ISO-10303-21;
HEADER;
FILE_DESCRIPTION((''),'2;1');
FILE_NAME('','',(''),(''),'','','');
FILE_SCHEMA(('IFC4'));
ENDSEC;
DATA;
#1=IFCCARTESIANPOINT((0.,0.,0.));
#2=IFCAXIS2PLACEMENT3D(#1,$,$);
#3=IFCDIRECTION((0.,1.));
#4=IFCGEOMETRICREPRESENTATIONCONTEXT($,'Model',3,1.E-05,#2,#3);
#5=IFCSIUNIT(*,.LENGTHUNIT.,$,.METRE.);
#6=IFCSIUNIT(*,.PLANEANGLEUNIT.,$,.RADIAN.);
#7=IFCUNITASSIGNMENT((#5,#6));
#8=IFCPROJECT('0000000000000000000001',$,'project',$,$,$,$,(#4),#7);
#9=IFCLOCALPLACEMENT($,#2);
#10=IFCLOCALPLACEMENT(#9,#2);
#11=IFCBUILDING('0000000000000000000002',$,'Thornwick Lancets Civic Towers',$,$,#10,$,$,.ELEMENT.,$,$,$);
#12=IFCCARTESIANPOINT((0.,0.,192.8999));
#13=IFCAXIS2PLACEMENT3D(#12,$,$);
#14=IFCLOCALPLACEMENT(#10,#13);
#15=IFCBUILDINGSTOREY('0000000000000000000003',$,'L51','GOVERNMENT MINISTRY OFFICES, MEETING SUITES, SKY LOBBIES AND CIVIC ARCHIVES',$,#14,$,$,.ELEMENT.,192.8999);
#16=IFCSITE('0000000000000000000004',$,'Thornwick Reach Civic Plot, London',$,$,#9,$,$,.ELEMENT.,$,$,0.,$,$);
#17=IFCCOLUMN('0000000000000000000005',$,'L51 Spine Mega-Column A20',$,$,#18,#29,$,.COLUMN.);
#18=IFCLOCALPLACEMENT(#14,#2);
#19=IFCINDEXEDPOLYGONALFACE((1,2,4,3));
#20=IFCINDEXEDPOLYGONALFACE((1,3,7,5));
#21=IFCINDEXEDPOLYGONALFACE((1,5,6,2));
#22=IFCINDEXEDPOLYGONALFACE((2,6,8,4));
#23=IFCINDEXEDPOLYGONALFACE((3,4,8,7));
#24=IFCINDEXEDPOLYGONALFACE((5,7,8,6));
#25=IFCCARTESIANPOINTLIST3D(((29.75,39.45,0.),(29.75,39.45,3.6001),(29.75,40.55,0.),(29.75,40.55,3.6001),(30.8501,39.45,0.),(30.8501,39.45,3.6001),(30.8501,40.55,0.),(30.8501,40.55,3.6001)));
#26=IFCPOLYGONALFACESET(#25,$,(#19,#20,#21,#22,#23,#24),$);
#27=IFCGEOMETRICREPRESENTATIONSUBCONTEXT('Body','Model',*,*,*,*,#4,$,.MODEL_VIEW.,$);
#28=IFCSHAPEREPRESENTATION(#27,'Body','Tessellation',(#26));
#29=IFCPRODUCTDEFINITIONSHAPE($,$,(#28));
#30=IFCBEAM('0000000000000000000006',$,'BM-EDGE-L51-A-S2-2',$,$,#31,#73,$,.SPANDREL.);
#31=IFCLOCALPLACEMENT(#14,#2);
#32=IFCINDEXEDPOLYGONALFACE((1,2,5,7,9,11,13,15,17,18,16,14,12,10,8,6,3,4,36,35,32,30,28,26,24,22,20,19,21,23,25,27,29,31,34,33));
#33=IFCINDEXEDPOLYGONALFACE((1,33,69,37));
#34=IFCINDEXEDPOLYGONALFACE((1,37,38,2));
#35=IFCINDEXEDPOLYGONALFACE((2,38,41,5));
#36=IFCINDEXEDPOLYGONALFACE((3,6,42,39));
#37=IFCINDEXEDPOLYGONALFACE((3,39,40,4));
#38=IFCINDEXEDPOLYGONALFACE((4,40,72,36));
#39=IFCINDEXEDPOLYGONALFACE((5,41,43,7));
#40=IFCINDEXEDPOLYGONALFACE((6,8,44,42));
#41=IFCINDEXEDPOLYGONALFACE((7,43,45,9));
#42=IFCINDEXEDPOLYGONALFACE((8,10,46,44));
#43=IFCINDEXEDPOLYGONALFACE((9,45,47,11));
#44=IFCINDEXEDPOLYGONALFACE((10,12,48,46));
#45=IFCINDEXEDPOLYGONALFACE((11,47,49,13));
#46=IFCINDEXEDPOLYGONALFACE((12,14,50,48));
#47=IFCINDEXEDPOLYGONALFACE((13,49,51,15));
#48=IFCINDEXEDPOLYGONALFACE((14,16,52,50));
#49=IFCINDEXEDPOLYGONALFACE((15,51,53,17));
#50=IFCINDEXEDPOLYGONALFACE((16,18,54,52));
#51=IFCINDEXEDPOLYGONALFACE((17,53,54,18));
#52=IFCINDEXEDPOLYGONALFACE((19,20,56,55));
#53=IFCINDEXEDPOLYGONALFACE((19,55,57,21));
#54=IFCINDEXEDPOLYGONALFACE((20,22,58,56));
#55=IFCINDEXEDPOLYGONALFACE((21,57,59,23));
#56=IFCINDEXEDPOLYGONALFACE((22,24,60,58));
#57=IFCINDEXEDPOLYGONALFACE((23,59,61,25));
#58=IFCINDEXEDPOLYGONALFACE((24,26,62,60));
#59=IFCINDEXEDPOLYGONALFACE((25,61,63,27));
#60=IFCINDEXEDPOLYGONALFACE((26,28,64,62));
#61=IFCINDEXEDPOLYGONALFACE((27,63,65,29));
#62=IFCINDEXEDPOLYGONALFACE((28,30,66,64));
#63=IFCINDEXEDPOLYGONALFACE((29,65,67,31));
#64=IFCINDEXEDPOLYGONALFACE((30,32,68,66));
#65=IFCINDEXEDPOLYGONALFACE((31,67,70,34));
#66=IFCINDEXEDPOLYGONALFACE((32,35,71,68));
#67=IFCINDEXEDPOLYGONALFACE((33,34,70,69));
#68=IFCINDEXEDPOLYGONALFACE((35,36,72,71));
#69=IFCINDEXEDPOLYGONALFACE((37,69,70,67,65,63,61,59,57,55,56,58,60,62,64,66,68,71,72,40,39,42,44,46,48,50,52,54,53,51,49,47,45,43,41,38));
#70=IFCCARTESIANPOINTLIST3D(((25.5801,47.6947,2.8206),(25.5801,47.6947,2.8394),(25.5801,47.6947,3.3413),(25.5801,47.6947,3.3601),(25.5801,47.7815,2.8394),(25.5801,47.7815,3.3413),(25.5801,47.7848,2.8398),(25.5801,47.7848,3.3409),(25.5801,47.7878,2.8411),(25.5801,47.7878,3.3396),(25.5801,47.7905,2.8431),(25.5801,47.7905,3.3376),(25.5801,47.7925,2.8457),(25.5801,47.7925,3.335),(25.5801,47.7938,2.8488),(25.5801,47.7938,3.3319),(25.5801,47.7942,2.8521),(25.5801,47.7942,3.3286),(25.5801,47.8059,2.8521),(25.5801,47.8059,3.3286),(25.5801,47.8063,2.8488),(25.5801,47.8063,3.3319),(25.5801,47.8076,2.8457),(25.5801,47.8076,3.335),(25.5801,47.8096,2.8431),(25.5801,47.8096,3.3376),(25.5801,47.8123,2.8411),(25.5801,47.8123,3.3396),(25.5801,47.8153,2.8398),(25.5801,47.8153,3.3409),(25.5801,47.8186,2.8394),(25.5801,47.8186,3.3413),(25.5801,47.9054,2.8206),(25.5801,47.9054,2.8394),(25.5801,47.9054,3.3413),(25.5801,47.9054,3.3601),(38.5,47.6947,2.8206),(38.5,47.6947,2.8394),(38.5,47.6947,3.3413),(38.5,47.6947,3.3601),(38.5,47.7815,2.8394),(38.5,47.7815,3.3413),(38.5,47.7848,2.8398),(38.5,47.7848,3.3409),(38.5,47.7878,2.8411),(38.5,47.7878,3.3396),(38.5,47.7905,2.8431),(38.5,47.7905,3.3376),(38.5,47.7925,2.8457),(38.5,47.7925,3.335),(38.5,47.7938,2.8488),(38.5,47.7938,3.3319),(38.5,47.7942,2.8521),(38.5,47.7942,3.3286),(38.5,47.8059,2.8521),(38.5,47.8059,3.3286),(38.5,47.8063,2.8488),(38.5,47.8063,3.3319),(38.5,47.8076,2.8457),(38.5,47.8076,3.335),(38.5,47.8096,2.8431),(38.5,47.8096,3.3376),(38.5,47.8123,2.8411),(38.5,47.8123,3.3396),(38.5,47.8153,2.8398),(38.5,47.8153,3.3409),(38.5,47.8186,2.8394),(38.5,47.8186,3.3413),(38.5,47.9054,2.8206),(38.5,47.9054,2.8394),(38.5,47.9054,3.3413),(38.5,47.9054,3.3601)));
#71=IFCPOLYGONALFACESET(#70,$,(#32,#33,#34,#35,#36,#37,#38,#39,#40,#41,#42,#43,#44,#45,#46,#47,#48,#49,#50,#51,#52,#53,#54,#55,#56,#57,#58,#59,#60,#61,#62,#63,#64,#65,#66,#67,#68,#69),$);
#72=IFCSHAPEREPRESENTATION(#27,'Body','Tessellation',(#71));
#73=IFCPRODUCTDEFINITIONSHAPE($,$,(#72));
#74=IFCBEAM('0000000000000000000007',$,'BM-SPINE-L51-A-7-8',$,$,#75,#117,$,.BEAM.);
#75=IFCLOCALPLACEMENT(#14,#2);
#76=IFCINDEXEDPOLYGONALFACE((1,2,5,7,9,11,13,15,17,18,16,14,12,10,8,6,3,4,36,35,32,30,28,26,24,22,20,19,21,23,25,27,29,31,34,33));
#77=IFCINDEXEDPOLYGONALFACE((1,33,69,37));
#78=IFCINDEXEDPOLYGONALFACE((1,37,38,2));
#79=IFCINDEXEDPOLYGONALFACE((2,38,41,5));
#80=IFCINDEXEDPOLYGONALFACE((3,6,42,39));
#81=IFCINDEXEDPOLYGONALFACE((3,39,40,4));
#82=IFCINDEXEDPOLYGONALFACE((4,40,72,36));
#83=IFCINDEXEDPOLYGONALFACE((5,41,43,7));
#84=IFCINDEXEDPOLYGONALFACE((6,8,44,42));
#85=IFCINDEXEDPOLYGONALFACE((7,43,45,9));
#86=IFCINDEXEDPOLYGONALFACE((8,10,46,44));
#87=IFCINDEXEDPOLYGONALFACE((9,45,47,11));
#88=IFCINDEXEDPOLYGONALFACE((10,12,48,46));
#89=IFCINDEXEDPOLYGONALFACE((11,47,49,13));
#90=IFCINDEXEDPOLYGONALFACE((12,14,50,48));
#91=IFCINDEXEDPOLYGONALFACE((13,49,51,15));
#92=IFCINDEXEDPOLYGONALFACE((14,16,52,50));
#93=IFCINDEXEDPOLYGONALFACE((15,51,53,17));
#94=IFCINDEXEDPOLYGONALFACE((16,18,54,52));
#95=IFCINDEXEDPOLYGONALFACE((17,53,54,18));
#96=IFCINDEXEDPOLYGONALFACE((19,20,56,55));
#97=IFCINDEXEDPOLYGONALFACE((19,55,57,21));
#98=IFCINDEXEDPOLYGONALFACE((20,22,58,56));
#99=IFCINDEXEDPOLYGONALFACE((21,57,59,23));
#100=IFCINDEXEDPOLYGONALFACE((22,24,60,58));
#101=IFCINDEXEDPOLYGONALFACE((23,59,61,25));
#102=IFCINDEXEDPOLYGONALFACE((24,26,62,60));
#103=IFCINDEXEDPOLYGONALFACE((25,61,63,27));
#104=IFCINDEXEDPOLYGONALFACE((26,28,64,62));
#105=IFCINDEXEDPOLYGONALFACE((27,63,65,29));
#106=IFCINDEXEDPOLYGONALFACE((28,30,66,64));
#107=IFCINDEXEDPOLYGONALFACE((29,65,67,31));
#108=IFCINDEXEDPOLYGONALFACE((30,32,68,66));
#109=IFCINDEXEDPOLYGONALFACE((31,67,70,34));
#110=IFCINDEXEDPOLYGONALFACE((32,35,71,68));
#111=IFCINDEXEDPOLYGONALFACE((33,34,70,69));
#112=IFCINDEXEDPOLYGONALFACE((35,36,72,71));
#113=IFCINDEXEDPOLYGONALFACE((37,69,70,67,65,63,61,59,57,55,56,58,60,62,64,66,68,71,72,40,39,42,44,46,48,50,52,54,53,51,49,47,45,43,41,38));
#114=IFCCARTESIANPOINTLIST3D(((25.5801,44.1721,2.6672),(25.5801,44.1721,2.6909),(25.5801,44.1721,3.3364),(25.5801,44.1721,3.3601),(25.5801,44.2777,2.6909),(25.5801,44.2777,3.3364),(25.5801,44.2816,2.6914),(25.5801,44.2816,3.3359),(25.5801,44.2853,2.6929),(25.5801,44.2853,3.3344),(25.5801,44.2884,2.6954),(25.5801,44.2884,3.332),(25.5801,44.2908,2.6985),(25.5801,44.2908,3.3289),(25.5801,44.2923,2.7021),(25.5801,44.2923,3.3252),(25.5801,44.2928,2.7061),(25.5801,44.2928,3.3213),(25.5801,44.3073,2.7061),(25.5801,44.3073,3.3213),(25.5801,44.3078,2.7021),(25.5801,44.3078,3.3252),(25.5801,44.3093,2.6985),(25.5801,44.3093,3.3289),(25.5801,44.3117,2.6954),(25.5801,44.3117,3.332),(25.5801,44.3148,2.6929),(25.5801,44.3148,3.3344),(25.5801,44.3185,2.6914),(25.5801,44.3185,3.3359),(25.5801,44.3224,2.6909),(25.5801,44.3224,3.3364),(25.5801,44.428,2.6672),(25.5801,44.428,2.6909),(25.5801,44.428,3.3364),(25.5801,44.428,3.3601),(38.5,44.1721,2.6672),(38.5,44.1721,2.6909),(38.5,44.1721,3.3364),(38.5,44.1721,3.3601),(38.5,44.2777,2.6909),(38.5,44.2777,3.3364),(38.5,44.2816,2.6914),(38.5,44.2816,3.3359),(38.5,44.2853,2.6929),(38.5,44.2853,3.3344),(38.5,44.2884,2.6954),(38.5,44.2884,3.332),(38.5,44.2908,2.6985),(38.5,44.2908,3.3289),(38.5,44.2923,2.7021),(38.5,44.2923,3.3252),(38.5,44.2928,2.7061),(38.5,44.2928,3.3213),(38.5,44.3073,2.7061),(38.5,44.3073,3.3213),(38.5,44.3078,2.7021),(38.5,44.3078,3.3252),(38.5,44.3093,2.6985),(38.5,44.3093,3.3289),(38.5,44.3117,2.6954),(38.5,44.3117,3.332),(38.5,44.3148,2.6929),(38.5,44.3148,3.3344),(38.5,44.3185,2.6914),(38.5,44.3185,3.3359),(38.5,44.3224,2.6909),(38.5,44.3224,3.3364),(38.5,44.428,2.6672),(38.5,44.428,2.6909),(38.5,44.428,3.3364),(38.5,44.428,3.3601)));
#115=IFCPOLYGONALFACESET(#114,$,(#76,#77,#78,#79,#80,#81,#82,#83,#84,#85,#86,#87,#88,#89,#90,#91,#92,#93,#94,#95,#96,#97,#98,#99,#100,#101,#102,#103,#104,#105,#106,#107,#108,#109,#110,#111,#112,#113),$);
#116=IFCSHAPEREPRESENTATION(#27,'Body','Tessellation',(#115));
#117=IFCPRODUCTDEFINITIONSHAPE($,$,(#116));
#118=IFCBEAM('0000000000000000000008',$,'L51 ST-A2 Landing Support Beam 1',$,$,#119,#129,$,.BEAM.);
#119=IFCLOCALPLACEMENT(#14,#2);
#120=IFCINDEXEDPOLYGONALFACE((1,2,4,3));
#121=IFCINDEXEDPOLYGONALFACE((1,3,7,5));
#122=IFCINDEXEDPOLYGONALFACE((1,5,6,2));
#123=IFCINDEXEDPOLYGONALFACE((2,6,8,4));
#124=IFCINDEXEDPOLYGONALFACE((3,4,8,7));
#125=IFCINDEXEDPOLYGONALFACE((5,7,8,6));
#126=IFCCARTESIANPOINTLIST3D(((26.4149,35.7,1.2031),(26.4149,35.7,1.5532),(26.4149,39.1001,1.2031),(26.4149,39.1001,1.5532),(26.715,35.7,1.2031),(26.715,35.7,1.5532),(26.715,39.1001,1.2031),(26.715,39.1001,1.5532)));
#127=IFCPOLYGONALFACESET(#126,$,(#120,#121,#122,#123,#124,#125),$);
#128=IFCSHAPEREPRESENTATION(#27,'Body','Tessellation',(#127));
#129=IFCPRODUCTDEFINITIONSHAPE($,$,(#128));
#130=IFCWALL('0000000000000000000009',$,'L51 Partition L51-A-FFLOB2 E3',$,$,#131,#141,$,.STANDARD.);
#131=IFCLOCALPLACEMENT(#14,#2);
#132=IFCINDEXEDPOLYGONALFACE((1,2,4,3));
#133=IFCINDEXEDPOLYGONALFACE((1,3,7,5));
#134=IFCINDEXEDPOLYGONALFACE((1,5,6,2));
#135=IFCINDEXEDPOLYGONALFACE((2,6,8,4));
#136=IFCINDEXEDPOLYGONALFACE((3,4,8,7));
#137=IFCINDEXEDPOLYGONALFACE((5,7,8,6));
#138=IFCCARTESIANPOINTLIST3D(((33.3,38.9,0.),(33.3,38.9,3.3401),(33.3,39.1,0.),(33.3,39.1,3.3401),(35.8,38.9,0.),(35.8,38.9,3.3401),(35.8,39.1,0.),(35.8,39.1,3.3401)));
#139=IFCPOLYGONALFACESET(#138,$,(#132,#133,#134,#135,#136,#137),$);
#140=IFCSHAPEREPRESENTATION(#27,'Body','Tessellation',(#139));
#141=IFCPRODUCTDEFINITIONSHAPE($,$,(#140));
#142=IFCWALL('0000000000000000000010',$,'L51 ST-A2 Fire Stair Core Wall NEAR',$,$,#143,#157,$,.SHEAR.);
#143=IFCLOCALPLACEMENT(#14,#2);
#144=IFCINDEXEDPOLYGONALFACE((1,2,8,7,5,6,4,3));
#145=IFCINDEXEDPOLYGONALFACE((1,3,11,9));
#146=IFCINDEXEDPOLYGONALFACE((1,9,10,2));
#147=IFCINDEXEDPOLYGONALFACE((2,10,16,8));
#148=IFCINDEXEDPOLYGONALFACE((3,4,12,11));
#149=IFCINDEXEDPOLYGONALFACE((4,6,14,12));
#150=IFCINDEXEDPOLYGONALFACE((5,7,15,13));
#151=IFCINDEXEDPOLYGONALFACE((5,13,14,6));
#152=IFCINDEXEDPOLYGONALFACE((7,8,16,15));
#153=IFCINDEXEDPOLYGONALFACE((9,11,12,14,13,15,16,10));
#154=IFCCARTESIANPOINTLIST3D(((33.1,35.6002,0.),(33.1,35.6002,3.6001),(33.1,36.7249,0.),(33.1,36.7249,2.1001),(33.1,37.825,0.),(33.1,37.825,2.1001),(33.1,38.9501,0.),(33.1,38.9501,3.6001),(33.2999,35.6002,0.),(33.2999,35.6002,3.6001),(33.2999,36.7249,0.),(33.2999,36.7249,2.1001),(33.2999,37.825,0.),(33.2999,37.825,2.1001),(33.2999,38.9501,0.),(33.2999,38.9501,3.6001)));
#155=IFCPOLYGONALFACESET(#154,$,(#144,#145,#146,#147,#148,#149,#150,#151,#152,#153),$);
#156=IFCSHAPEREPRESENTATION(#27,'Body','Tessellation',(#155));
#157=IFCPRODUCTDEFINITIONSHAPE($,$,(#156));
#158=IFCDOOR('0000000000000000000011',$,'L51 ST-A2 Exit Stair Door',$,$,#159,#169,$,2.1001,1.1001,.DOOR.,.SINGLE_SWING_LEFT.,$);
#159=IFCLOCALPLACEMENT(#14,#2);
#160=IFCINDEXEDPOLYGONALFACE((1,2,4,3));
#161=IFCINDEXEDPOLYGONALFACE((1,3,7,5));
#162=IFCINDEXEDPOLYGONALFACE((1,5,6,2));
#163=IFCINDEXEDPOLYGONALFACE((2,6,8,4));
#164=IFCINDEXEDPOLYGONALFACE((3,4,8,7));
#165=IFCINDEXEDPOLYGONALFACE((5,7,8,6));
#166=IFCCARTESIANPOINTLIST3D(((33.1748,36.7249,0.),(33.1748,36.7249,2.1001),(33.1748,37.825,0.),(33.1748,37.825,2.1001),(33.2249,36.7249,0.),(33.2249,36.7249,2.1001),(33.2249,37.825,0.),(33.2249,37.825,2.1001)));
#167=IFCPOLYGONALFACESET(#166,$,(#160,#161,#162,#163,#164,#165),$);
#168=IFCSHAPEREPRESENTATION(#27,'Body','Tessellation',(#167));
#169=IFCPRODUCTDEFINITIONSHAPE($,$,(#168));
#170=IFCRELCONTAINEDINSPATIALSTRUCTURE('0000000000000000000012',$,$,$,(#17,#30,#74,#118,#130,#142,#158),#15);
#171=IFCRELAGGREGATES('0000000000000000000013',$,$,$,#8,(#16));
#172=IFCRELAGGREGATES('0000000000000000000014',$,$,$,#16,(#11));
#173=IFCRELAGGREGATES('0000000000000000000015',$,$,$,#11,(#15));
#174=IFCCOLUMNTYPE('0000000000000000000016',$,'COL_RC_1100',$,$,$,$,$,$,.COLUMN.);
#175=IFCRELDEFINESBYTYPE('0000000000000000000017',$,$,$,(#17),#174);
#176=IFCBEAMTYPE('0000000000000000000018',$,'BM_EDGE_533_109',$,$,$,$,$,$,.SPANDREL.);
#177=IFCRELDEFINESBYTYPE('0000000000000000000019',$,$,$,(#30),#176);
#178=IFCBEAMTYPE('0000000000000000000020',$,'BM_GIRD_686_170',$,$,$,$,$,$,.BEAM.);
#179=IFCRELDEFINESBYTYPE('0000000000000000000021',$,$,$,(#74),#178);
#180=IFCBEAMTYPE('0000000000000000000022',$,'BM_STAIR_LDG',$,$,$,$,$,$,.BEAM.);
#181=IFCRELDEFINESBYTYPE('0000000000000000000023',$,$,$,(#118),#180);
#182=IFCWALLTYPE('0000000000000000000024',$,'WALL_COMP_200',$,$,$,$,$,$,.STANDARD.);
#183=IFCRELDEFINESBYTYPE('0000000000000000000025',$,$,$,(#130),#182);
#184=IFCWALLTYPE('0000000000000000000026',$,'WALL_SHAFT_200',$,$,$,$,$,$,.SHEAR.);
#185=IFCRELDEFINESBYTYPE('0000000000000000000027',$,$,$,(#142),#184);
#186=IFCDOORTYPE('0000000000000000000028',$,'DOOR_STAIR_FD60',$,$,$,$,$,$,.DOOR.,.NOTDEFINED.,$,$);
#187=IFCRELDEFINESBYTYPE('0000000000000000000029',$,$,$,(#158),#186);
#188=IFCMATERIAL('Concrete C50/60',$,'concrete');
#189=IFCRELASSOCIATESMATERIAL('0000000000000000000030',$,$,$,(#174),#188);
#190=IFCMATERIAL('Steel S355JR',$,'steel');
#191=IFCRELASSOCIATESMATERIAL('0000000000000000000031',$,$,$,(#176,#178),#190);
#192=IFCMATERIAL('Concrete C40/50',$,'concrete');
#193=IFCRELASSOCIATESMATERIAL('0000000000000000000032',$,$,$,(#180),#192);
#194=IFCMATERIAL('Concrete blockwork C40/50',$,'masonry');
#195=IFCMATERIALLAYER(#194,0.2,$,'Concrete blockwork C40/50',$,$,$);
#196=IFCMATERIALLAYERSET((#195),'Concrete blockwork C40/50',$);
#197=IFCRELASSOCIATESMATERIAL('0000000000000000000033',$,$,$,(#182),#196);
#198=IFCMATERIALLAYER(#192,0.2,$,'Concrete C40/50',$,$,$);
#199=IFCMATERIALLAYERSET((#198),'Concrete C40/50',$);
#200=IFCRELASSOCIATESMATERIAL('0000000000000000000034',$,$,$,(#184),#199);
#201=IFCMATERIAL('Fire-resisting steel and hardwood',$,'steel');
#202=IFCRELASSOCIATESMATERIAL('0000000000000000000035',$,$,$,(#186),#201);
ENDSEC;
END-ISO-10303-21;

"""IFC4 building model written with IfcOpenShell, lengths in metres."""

from ifc_helpers import new_model, si_unit, direction, frame, frame_2d, origin, origin_2d, place, context, subcontext, project, spatial, rectangle, i_section, extrude, material, layer, layer_set, material_profile, profile_set, type_object, element, fill, save


model = new_model("IFC4")

# Units and contexts
model_context = context("Model", 3, precision=1e-05, world=origin(), true_north=direction((0.0, 1.0)))
body_context = subcontext(model_context, "Body", "Model", "MODEL_VIEW")
ifc_project = project(units=[si_unit("LENGTHUNIT", "METRE"), si_unit("PLANEANGLEUNIT", "RADIAN")], contexts=[model_context])

# Site, building, storey
site_placement = place(None, origin())
site = spatial("IfcSite", under=ifc_project, at=site_placement, Name="Thornwick Reach Civic Plot, London", CompositionType="ELEMENT", RefElevation=0.0)
building_placement = place(site_placement, origin())
building = spatial("IfcBuilding", under=site, at=building_placement, Name="Thornwick Lancets Civic Towers", CompositionType="ELEMENT")
storey_placement = place(building_placement, frame((0.0, 0.0, 192.8999)))
storey = spatial("IfcBuildingStorey", under=building, at=storey_placement, Name="L51", Description="GOVERNMENT MINISTRY OFFICES, MEETING SUITES, SKY LOBBIES AND CIVIC ARCHIVES", CompositionType="ELEMENT", Elevation=192.8999)

# Column
ifc_material_1 = material(Name="Concrete C50/60", Category="concrete")
ifc_material_profile_1 = material_profile(ifc_material_1, rectangle(XDim=1.1001, YDim=1.1001, at=origin_2d()), Name="RC 1100x1100")
ifc_profile_set_1 = profile_set([ifc_material_profile_1], Name="Concrete C50/60")
column_type = type_object("IfcColumnType", Name="COL_RC_1100", PredefinedType="COLUMN", material=ifc_profile_set_1)
column_placement = place(storey_placement, frame((30.3, 40.0, 0.0), z_axis=(0.0, 0.0, 1.0), x_axis=(1.0, 0.0, 0.0)))
element("IfcColumn", 1, at=column_placement, inside=storey, type_object=column_type, Name="L51 Spine Mega-Column A20", PredefinedType="COLUMN", context=body_context, shape_type="SweptSolid", body=[
    extrude(rectangle(XDim=1.1001, YDim=1.1001, at=origin_2d()), origin(), (0.0, 0.0, 1.0), 3.6001),
])

# Beams
ifc_material_2 = material(Name="Steel S355JR", Category="steel")
ifc_material_profile_2 = material_profile(ifc_material_2, i_section(OverallWidth=0.2107, OverallDepth=0.5396, WebThickness=0.0117, FlangeThickness=0.0188, FilletRadius=0.0127, at=origin_2d()), Name="UKB 533x210x109")
ifc_profile_set_2 = profile_set([ifc_material_profile_2], Name="Steel S355JR")
beam_type_1 = type_object("IfcBeamType", Name="BM_EDGE_533_109", PredefinedType="SPANDREL", material=ifc_profile_set_2)
beam_1_placement = place(storey_placement, frame((25.5801, 47.8, 3.0903), z_axis=(1.0, 0.0, 0.0), x_axis=(0.0, 1.0, 0.0)))
element("IfcBeam", 2, at=beam_1_placement, inside=storey, type_object=beam_type_1, Name="BM-EDGE-L51-A-S2-2", PredefinedType="SPANDREL", context=body_context, shape_type="SweptSolid", body=[
    extrude(i_section(OverallWidth=0.2107, OverallDepth=0.5396, WebThickness=0.0117, FlangeThickness=0.0188, FilletRadius=0.0127, at=origin_2d()), origin(), (0.0, 0.0, 1.0), 12.9199),
])
ifc_material_profile_3 = material_profile(ifc_material_2, i_section(OverallWidth=0.2559, OverallDepth=0.6929, WebThickness=0.0144, FlangeThickness=0.0237, FilletRadius=0.0151, at=origin_2d()), Name="UKB 686x254x170")
ifc_profile_set_3 = profile_set([ifc_material_profile_3], Name="Steel S355JR")
beam_type_2 = type_object("IfcBeamType", Name="BM_GIRD_686_170", PredefinedType="BEAM", material=ifc_profile_set_3)
beam_2_placement = place(storey_placement, frame((25.5801, 44.3, 3.0137), z_axis=(1.0, 0.0, 0.0), x_axis=(0.0, 1.0, 0.0)))
element("IfcBeam", 3, at=beam_2_placement, inside=storey, type_object=beam_type_2, Name="BM-SPINE-L51-A-7-8", PredefinedType="BEAM", context=body_context, shape_type="SweptSolid", body=[
    extrude(i_section(OverallWidth=0.2559, OverallDepth=0.6929, WebThickness=0.0144, FlangeThickness=0.0237, FilletRadius=0.0151, at=origin_2d()), origin(), (0.0, 0.0, 1.0), 12.9199),
])
ifc_material_3 = material(Name="Concrete C40/50", Category="concrete")
ifc_material_profile_4 = material_profile(ifc_material_3, rectangle(XDim=0.3, YDim=0.3501, at=origin_2d()), Name="RC 300x350")
ifc_profile_set_4 = profile_set([ifc_material_profile_4], Name="Concrete C40/50")
beam_type_3 = type_object("IfcBeamType", Name="BM_STAIR_LDG", PredefinedType="BEAM", material=ifc_profile_set_4)
beam_3_placement = place(storey_placement, frame((26.5649, 39.1001, 1.3782), z_axis=(0.0, -1.0, 0.0), x_axis=(1.0, 0.0, 0.0)))
element("IfcBeam", 4, at=beam_3_placement, inside=storey, type_object=beam_type_3, Name="L51 ST-A2 Landing Support Beam 1", PredefinedType="BEAM", context=body_context, shape_type="SweptSolid", body=[
    extrude(rectangle(XDim=0.3, YDim=0.3501, at=origin_2d()), origin(), (0.0, 0.0, 1.0), 3.4001),
])

# Wall
ifc_material_4 = material(Name="Concrete blockwork C40/50", Category="masonry")
ifc_layer_1 = layer(ifc_material_4, 0.2, Name="Concrete blockwork C40/50")
ifc_layer_set_1 = layer_set([ifc_layer_1], Name="Concrete blockwork C40/50")
wall_type_1 = type_object("IfcWallType", Name="WALL_COMP_200", PredefinedType="STANDARD", material=ifc_layer_set_1)
wall_1_placement = place(storey_placement, frame((35.8, 39.0, 0.0), z_axis=(0.0, 0.0, 1.0), x_axis=(-1.0, 0.0, 0.0)))
element("IfcWall", 5, at=wall_1_placement, inside=storey, type_object=wall_type_1, Name="L51 Partition L51-A-FFLOB2 E3", PredefinedType="STANDARD", context=body_context, shape_type="SweptSolid", body=[
    extrude(rectangle(XDim=2.5, YDim=0.2, at=frame_2d((1.25, 0.0))), origin(), (0.0, 0.0, 1.0), 3.3401),
])

# Wall, opening, door
ifc_layer_2 = layer(ifc_material_3, 0.2, Name="Concrete C40/50")
ifc_layer_set_2 = layer_set([ifc_layer_2], Name="Concrete C40/50")
wall_type_2 = type_object("IfcWallType", Name="WALL_SHAFT_200", PredefinedType="SHEAR", material=ifc_layer_set_2)
wall_2_placement = place(storey_placement, frame((33.2, 38.95, 0.0), z_axis=(0.0, 0.0, 1.0), x_axis=(0.0, -1.0, 0.0)))
wall_2 = element("IfcWall", 6, at=wall_2_placement, inside=storey, type_object=wall_type_2, Name="L51 ST-A2 Fire Stair Core Wall NEAR", PredefinedType="SHEAR", context=body_context, shape_type="SweptSolid", body=[
    extrude(rectangle(XDim=3.3499, YDim=0.2, at=frame_2d((1.6748, 0.0))), origin(), (0.0, 0.0, 1.0), 3.6001),
])
opening_placement = place(wall_2_placement, frame((1.125, 0.0, 0.0)))
opening = element("IfcOpeningElement", 7, at=opening_placement, cuts=wall_2, PredefinedType="OPENING", context=body_context, shape_type="SweptSolid", body=[
    extrude(rectangle(XDim=1.1001, YDim=2.1001, at=frame_2d((0.55, 1.05))), frame((0.0, 0.1099, 0.0), z_axis=(0.0, -1.0, 0.0), x_axis=(1.0, 0.0, 0.0)), (0.0, 0.0, 1.0), 0.22),
])
ifc_material_5 = material(Name="Fire-resisting steel and hardwood", Category="steel")
door_type = type_object("IfcDoorType", Name="DOOR_STAIR_FD60", OperationType="NOTDEFINED", PredefinedType="DOOR", material=ifc_material_5)
door_placement = place(opening_placement, origin())
door = element("IfcDoor", 8, at=door_placement, inside=storey, type_object=door_type, Name="L51 ST-A2 Exit Stair Door", OperationType="SINGLE_SWING_LEFT", OverallHeight=2.1001, OverallWidth=1.1001, PredefinedType="DOOR", context=body_context, shape_type="SweptSolid", body=[
    extrude(rectangle(XDim=1.1001, YDim=2.1001, at=frame_2d((0.55, 1.05))), frame((0.0, 0.0249, 0.0), z_axis=(0.0, -1.0, 0.0), x_axis=(1.0, 0.0, 0.0)), (0.0, 0.0, 1.0), 0.05),
])
fill(opening, door)

save(model, "model.ifc")
